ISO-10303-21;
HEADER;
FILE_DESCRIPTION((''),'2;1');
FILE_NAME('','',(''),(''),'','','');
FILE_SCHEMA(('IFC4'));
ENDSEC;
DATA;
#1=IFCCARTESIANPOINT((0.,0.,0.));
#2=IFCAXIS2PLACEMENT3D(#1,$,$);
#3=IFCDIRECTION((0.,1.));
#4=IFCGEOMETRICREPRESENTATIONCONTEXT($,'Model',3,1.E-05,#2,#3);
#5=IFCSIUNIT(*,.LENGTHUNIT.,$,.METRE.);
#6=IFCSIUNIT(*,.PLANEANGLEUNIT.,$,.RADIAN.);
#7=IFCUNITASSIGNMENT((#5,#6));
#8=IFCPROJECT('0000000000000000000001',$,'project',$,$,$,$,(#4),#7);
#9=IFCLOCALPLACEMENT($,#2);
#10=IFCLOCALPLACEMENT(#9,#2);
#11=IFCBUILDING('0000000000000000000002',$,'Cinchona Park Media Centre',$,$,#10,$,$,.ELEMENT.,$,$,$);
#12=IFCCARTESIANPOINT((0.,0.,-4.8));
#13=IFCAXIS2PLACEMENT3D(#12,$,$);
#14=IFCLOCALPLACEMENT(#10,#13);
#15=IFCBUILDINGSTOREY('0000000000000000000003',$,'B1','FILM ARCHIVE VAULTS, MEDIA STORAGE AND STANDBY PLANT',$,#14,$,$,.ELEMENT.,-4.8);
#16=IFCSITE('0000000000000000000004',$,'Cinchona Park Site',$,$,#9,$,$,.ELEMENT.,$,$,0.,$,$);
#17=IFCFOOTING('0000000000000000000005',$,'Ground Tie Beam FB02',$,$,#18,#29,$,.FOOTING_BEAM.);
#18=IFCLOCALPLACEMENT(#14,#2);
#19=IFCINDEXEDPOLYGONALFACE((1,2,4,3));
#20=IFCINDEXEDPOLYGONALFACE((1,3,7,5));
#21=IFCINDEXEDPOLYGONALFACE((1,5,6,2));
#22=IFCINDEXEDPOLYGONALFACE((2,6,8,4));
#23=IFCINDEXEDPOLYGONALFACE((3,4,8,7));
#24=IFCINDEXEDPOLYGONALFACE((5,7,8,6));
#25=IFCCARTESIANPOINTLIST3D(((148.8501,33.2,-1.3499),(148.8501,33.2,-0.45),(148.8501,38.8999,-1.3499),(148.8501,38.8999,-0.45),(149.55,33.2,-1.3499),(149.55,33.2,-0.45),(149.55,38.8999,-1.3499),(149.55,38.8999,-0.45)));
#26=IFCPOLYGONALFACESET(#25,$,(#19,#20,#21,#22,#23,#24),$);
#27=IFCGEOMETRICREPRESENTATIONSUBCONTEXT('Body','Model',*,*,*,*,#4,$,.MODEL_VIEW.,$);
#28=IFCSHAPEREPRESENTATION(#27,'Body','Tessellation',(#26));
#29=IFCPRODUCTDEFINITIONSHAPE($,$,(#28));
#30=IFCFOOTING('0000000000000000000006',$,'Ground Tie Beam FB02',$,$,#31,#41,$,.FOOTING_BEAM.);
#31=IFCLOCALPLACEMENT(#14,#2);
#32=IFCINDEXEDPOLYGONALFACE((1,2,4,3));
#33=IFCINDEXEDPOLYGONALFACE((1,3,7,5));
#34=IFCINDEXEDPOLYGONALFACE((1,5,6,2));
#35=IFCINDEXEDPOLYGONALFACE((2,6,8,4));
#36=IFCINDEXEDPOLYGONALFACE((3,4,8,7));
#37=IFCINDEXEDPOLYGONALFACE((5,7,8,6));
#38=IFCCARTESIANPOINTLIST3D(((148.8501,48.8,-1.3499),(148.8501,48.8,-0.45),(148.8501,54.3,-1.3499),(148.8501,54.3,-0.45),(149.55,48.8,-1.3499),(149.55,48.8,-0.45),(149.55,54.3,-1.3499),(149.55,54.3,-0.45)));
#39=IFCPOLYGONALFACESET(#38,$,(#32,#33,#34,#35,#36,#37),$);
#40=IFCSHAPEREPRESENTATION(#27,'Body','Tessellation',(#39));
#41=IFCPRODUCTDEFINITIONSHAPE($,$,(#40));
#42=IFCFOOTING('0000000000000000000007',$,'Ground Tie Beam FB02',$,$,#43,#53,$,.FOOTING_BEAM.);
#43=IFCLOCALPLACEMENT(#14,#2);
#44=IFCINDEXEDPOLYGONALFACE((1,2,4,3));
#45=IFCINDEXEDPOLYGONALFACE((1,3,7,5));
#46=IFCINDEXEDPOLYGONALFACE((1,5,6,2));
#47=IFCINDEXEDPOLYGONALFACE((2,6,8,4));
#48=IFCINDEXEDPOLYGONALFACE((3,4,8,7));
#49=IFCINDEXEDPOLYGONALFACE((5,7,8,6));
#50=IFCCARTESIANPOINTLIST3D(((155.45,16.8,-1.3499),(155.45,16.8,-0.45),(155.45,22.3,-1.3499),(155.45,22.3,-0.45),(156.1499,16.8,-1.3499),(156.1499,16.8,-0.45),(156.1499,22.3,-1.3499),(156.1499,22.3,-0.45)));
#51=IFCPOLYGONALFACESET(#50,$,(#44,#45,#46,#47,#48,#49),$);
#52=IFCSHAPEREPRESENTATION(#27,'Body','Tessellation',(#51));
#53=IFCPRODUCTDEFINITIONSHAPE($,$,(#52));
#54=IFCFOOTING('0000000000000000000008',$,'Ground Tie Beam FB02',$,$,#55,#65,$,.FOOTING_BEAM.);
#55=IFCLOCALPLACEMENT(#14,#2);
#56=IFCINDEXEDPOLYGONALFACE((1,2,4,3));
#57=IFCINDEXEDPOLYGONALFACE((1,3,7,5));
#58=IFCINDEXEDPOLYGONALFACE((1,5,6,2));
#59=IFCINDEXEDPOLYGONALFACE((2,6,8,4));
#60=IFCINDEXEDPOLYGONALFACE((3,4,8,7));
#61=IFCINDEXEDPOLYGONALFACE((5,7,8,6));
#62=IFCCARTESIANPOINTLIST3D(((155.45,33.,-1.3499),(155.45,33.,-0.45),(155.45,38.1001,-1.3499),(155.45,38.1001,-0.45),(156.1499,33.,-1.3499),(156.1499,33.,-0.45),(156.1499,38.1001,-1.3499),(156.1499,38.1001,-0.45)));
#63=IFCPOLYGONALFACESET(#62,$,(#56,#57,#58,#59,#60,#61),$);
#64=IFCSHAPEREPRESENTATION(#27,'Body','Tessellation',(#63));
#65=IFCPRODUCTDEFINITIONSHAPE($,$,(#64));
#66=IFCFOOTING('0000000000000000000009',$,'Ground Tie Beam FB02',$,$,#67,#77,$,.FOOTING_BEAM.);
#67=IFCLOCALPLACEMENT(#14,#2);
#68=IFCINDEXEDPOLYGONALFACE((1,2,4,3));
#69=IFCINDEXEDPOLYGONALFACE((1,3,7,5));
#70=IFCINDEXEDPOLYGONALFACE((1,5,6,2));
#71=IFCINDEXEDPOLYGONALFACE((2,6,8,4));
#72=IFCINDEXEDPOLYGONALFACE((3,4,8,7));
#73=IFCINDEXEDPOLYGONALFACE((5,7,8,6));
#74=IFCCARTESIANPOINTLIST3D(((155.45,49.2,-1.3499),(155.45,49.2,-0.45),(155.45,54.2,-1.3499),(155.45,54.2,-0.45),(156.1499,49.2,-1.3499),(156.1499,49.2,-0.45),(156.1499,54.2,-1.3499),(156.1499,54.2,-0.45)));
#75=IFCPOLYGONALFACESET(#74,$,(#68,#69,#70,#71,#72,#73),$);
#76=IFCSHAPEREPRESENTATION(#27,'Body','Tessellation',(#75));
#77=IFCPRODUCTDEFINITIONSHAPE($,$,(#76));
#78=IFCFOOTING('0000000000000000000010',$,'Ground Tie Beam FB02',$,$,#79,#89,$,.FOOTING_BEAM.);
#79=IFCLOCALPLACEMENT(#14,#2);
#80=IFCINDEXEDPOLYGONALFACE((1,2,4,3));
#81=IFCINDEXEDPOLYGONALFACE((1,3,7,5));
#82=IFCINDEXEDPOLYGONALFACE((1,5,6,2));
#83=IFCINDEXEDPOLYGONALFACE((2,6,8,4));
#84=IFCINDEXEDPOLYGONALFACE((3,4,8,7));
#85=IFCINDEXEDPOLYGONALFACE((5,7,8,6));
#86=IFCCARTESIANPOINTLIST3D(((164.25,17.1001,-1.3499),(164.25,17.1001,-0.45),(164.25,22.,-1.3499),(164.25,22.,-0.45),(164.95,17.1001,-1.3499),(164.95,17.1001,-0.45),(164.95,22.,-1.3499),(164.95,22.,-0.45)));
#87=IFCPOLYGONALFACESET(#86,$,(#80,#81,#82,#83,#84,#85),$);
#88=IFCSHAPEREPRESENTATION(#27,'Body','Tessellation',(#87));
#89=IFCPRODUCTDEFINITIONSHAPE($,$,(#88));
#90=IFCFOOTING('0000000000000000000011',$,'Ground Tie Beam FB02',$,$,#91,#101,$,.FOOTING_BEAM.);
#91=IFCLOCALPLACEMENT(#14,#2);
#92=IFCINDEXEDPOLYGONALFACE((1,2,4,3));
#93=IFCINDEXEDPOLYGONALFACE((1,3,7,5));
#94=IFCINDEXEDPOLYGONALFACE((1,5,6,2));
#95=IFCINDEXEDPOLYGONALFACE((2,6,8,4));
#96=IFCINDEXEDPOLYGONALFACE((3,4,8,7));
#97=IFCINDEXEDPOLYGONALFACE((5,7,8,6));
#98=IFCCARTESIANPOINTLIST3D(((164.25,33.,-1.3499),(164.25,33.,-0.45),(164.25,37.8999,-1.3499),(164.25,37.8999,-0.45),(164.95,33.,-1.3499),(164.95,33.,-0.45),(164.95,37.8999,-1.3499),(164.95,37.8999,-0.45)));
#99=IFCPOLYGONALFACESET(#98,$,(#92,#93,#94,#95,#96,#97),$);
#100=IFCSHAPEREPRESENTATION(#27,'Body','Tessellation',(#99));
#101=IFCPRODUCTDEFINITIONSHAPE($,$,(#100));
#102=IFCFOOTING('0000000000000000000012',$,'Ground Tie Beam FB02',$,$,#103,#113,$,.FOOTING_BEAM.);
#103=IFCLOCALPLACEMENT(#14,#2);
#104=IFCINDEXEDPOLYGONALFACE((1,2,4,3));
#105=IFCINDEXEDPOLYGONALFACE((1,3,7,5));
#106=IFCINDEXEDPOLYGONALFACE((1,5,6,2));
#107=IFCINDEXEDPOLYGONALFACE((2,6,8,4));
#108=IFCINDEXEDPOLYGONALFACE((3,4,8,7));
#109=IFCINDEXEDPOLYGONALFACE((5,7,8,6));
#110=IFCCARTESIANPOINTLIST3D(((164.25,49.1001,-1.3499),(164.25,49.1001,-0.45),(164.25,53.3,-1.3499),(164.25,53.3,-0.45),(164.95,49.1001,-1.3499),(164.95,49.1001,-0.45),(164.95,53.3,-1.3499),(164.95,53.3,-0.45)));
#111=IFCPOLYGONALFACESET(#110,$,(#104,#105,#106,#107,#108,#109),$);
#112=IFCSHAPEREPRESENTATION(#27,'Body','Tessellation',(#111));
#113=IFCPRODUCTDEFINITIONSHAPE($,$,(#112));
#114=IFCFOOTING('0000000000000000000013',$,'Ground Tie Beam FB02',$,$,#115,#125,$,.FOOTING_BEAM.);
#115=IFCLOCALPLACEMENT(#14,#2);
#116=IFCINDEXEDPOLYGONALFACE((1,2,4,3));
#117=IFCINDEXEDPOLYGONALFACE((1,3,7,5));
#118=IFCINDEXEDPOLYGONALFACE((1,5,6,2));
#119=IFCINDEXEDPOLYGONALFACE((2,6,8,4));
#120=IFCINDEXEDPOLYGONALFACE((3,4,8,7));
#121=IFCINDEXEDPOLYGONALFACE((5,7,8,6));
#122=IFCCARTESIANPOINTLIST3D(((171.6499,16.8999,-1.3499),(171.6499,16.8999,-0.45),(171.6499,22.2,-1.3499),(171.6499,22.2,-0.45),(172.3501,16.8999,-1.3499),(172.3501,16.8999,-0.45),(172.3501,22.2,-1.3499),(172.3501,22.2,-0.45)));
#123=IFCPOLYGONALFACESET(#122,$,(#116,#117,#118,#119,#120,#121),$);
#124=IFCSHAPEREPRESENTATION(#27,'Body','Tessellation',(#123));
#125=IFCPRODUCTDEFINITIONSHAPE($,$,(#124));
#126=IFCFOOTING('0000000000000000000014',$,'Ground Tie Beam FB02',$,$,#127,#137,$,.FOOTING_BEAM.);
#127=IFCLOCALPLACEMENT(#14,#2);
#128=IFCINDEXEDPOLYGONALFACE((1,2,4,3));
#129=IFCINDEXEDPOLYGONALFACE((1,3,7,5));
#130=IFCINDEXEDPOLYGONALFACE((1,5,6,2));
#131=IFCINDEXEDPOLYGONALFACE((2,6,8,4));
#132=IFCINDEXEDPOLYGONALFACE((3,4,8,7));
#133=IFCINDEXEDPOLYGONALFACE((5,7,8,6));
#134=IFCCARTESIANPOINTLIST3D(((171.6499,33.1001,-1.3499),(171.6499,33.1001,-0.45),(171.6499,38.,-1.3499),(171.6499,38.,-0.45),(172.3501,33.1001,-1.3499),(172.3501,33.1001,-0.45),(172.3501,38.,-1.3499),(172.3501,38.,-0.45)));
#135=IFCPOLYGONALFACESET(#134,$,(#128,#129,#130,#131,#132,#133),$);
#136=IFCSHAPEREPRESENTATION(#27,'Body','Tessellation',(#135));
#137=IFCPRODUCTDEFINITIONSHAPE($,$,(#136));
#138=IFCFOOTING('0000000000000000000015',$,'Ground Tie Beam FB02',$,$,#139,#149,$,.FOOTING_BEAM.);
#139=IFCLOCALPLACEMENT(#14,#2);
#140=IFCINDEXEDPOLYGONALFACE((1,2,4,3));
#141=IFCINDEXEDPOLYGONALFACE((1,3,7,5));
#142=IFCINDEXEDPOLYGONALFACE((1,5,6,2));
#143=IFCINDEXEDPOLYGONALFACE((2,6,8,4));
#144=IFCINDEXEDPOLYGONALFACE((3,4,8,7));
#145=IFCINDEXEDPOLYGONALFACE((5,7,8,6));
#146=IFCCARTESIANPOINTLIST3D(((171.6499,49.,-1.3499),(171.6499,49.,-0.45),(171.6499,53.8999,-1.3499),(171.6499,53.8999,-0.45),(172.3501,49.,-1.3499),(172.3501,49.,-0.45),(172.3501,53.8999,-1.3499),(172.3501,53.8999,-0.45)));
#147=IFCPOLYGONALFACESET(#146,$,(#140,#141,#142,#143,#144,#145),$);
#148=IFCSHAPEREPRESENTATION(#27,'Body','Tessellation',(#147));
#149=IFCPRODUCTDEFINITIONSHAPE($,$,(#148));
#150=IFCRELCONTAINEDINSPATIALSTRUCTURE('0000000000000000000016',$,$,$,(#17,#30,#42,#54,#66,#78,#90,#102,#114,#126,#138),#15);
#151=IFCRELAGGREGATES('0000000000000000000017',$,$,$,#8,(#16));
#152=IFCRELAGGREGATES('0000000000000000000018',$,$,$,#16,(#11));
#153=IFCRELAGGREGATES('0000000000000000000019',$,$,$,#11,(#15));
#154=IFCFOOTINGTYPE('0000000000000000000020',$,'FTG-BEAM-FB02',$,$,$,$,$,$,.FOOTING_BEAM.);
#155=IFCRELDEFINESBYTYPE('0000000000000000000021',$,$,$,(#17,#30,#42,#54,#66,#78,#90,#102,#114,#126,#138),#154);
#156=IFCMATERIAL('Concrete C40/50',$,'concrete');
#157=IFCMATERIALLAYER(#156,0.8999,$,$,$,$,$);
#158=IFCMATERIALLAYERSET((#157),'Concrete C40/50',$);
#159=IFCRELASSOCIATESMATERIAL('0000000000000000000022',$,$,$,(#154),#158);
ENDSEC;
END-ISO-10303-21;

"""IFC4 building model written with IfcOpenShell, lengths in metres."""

from ifc_helpers import new_model, si_unit, direction, frame, origin, place, context, subcontext, project, spatial, polyline, outline, extrude, material, layer, layer_set, type_object, element, save


model = new_model("IFC4")

# Units and contexts
model_context = context("Model", 3, precision=1e-05, world=origin(), true_north=direction((0.0, 1.0)))
body_context = subcontext(model_context, "Body", "Model", "MODEL_VIEW")
ifc_project = project(units=[si_unit("LENGTHUNIT", "METRE"), si_unit("PLANEANGLEUNIT", "RADIAN")], contexts=[model_context])

# Site, building, storey
site_placement = place(None, origin())
site = spatial("IfcSite", under=ifc_project, at=site_placement, Name="Cinchona Park Site", CompositionType="ELEMENT", RefElevation=0.0)
building_placement = place(site_placement, origin())
building = spatial("IfcBuilding", under=site, at=building_placement, Name="Cinchona Park Media Centre", CompositionType="ELEMENT")
storey_placement = place(building_placement, frame((0.0, 0.0, -4.8)))
storey = spatial("IfcBuildingStorey", under=building, at=storey_placement, Name="B1", Description="FILM ARCHIVE VAULTS, MEDIA STORAGE AND STANDBY PLANT", CompositionType="ELEMENT", Elevation=-4.8)

# Footings
ifc_material_1 = material(Name="Concrete C40/50", Category="concrete")
ifc_layer_1 = layer(ifc_material_1, 0.8999)
ifc_layer_set_1 = layer_set([ifc_layer_1], Name="Concrete C40/50")
footing_type_1 = type_object("IfcFootingType", Name="FTG-BEAM-FB02", PredefinedType="FOOTING_BEAM", material=ifc_layer_set_1)
footing_1_placement = place(storey_placement, frame((0.0, 0.0, -1.3499)))
element("IfcFooting", 1, at=footing_1_placement, inside=storey, type_object=footing_type_1, Name="Ground Tie Beam FB02", PredefinedType="FOOTING_BEAM", context=body_context, shape_type="SweptSolid", body=[
    extrude(outline(polyline([(148.8501, 33.2), (149.55, 33.2), (149.55, 38.8999), (148.8501, 38.8999), (148.8501, 33.2)])), origin(), (0.0, 0.0, 1.0), 0.8999),
])
footing_2_placement = place(storey_placement, frame((0.0, 0.0, -1.3499)))
element("IfcFooting", 2, at=footing_2_placement, inside=storey, type_object=footing_type_1, Name="Ground Tie Beam FB02", PredefinedType="FOOTING_BEAM", context=body_context, shape_type="SweptSolid", body=[
    extrude(outline(polyline([(148.8501, 48.8), (149.55, 48.8), (149.55, 54.3), (148.8501, 54.3), (148.8501, 48.8)])), origin(), (0.0, 0.0, 1.0), 0.8999),
])
footing_3_placement = place(storey_placement, frame((0.0, 0.0, -1.3499)))
element("IfcFooting", 3, at=footing_3_placement, inside=storey, type_object=footing_type_1, Name="Ground Tie Beam FB02", PredefinedType="FOOTING_BEAM", context=body_context, shape_type="SweptSolid", body=[
    extrude(outline(polyline([(155.45, 16.8), (156.1499, 16.8), (156.1499, 22.3), (155.45, 22.3), (155.45, 16.8)])), origin(), (0.0, 0.0, 1.0), 0.8999),
])
footing_4_placement = place(storey_placement, frame((0.0, 0.0, -1.3499)))
element("IfcFooting", 4, at=footing_4_placement, inside=storey, type_object=footing_type_1, Name="Ground Tie Beam FB02", PredefinedType="FOOTING_BEAM", context=body_context, shape_type="SweptSolid", body=[
    extrude(outline(polyline([(155.45, 33.0), (156.1499, 33.0), (156.1499, 38.1001), (155.45, 38.1001), (155.45, 33.0)])), origin(), (0.0, 0.0, 1.0), 0.8999),
])
footing_5_placement = place(storey_placement, frame((0.0, 0.0, -1.3499)))
element("IfcFooting", 5, at=footing_5_placement, inside=storey, type_object=footing_type_1, Name="Ground Tie Beam FB02", PredefinedType="FOOTING_BEAM", context=body_context, shape_type="SweptSolid", body=[
    extrude(outline(polyline([(155.45, 49.2), (156.1499, 49.2), (156.1499, 54.2), (155.45, 54.2), (155.45, 49.2)])), origin(), (0.0, 0.0, 1.0), 0.8999),
])
footing_6_placement = place(storey_placement, frame((0.0, 0.0, -1.3499)))
element("IfcFooting", 6, at=footing_6_placement, inside=storey, type_object=footing_type_1, Name="Ground Tie Beam FB02", PredefinedType="FOOTING_BEAM", context=body_context, shape_type="SweptSolid", body=[
    extrude(outline(polyline([(164.25, 17.1001), (164.95, 17.1001), (164.95, 22.0), (164.25, 22.0), (164.25, 17.1001)])), origin(), (0.0, 0.0, 1.0), 0.8999),
])
footing_7_placement = place(storey_placement, frame((0.0, 0.0, -1.3499)))
element("IfcFooting", 7, at=footing_7_placement, inside=storey, type_object=footing_type_1, Name="Ground Tie Beam FB02", PredefinedType="FOOTING_BEAM", context=body_context, shape_type="SweptSolid", body=[
    extrude(outline(polyline([(164.25, 33.0), (164.95, 33.0), (164.95, 37.8999), (164.25, 37.8999), (164.25, 33.0)])), origin(), (0.0, 0.0, 1.0), 0.8999),
])
footing_8_placement = place(storey_placement, frame((0.0, 0.0, -1.3499)))
element("IfcFooting", 8, at=footing_8_placement, inside=storey, type_object=footing_type_1, Name="Ground Tie Beam FB02", PredefinedType="FOOTING_BEAM", context=body_context, shape_type="SweptSolid", body=[
    extrude(outline(polyline([(164.25, 49.1001), (164.95, 49.1001), (164.95, 53.3), (164.25, 53.3), (164.25, 49.1001)])), origin(), (0.0, 0.0, 1.0), 0.8999),
])
footing_9_placement = place(storey_placement, frame((0.0, 0.0, -1.3499)))
element("IfcFooting", 9, at=footing_9_placement, inside=storey, type_object=footing_type_1, Name="Ground Tie Beam FB02", PredefinedType="FOOTING_BEAM", context=body_context, shape_type="SweptSolid", body=[
    extrude(outline(polyline([(171.6499, 16.8999), (172.3501, 16.8999), (172.3501, 22.2), (171.6499, 22.2), (171.6499, 16.8999)])), origin(), (0.0, 0.0, 1.0), 0.8999),
])
footing_10_placement = place(storey_placement, frame((0.0, 0.0, -1.3499)))
element("IfcFooting", 10, at=footing_10_placement, inside=storey, type_object=footing_type_1, Name="Ground Tie Beam FB02", PredefinedType="FOOTING_BEAM", context=body_context, shape_type="SweptSolid", body=[
    extrude(outline(polyline([(171.6499, 33.1001), (172.3501, 33.1001), (172.3501, 38.0), (171.6499, 38.0), (171.6499, 33.1001)])), origin(), (0.0, 0.0, 1.0), 0.8999),
])
footing_11_placement = place(storey_placement, frame((0.0, 0.0, -1.3499)))
element("IfcFooting", 11, at=footing_11_placement, inside=storey, type_object=footing_type_1, Name="Ground Tie Beam FB02", PredefinedType="FOOTING_BEAM", context=body_context, shape_type="SweptSolid", body=[
    extrude(outline(polyline([(171.6499, 49.0), (172.3501, 49.0), (172.3501, 53.8999), (171.6499, 53.8999), (171.6499, 49.0)])), origin(), (0.0, 0.0, 1.0), 0.8999),
])

save(model, "model.ifc")
